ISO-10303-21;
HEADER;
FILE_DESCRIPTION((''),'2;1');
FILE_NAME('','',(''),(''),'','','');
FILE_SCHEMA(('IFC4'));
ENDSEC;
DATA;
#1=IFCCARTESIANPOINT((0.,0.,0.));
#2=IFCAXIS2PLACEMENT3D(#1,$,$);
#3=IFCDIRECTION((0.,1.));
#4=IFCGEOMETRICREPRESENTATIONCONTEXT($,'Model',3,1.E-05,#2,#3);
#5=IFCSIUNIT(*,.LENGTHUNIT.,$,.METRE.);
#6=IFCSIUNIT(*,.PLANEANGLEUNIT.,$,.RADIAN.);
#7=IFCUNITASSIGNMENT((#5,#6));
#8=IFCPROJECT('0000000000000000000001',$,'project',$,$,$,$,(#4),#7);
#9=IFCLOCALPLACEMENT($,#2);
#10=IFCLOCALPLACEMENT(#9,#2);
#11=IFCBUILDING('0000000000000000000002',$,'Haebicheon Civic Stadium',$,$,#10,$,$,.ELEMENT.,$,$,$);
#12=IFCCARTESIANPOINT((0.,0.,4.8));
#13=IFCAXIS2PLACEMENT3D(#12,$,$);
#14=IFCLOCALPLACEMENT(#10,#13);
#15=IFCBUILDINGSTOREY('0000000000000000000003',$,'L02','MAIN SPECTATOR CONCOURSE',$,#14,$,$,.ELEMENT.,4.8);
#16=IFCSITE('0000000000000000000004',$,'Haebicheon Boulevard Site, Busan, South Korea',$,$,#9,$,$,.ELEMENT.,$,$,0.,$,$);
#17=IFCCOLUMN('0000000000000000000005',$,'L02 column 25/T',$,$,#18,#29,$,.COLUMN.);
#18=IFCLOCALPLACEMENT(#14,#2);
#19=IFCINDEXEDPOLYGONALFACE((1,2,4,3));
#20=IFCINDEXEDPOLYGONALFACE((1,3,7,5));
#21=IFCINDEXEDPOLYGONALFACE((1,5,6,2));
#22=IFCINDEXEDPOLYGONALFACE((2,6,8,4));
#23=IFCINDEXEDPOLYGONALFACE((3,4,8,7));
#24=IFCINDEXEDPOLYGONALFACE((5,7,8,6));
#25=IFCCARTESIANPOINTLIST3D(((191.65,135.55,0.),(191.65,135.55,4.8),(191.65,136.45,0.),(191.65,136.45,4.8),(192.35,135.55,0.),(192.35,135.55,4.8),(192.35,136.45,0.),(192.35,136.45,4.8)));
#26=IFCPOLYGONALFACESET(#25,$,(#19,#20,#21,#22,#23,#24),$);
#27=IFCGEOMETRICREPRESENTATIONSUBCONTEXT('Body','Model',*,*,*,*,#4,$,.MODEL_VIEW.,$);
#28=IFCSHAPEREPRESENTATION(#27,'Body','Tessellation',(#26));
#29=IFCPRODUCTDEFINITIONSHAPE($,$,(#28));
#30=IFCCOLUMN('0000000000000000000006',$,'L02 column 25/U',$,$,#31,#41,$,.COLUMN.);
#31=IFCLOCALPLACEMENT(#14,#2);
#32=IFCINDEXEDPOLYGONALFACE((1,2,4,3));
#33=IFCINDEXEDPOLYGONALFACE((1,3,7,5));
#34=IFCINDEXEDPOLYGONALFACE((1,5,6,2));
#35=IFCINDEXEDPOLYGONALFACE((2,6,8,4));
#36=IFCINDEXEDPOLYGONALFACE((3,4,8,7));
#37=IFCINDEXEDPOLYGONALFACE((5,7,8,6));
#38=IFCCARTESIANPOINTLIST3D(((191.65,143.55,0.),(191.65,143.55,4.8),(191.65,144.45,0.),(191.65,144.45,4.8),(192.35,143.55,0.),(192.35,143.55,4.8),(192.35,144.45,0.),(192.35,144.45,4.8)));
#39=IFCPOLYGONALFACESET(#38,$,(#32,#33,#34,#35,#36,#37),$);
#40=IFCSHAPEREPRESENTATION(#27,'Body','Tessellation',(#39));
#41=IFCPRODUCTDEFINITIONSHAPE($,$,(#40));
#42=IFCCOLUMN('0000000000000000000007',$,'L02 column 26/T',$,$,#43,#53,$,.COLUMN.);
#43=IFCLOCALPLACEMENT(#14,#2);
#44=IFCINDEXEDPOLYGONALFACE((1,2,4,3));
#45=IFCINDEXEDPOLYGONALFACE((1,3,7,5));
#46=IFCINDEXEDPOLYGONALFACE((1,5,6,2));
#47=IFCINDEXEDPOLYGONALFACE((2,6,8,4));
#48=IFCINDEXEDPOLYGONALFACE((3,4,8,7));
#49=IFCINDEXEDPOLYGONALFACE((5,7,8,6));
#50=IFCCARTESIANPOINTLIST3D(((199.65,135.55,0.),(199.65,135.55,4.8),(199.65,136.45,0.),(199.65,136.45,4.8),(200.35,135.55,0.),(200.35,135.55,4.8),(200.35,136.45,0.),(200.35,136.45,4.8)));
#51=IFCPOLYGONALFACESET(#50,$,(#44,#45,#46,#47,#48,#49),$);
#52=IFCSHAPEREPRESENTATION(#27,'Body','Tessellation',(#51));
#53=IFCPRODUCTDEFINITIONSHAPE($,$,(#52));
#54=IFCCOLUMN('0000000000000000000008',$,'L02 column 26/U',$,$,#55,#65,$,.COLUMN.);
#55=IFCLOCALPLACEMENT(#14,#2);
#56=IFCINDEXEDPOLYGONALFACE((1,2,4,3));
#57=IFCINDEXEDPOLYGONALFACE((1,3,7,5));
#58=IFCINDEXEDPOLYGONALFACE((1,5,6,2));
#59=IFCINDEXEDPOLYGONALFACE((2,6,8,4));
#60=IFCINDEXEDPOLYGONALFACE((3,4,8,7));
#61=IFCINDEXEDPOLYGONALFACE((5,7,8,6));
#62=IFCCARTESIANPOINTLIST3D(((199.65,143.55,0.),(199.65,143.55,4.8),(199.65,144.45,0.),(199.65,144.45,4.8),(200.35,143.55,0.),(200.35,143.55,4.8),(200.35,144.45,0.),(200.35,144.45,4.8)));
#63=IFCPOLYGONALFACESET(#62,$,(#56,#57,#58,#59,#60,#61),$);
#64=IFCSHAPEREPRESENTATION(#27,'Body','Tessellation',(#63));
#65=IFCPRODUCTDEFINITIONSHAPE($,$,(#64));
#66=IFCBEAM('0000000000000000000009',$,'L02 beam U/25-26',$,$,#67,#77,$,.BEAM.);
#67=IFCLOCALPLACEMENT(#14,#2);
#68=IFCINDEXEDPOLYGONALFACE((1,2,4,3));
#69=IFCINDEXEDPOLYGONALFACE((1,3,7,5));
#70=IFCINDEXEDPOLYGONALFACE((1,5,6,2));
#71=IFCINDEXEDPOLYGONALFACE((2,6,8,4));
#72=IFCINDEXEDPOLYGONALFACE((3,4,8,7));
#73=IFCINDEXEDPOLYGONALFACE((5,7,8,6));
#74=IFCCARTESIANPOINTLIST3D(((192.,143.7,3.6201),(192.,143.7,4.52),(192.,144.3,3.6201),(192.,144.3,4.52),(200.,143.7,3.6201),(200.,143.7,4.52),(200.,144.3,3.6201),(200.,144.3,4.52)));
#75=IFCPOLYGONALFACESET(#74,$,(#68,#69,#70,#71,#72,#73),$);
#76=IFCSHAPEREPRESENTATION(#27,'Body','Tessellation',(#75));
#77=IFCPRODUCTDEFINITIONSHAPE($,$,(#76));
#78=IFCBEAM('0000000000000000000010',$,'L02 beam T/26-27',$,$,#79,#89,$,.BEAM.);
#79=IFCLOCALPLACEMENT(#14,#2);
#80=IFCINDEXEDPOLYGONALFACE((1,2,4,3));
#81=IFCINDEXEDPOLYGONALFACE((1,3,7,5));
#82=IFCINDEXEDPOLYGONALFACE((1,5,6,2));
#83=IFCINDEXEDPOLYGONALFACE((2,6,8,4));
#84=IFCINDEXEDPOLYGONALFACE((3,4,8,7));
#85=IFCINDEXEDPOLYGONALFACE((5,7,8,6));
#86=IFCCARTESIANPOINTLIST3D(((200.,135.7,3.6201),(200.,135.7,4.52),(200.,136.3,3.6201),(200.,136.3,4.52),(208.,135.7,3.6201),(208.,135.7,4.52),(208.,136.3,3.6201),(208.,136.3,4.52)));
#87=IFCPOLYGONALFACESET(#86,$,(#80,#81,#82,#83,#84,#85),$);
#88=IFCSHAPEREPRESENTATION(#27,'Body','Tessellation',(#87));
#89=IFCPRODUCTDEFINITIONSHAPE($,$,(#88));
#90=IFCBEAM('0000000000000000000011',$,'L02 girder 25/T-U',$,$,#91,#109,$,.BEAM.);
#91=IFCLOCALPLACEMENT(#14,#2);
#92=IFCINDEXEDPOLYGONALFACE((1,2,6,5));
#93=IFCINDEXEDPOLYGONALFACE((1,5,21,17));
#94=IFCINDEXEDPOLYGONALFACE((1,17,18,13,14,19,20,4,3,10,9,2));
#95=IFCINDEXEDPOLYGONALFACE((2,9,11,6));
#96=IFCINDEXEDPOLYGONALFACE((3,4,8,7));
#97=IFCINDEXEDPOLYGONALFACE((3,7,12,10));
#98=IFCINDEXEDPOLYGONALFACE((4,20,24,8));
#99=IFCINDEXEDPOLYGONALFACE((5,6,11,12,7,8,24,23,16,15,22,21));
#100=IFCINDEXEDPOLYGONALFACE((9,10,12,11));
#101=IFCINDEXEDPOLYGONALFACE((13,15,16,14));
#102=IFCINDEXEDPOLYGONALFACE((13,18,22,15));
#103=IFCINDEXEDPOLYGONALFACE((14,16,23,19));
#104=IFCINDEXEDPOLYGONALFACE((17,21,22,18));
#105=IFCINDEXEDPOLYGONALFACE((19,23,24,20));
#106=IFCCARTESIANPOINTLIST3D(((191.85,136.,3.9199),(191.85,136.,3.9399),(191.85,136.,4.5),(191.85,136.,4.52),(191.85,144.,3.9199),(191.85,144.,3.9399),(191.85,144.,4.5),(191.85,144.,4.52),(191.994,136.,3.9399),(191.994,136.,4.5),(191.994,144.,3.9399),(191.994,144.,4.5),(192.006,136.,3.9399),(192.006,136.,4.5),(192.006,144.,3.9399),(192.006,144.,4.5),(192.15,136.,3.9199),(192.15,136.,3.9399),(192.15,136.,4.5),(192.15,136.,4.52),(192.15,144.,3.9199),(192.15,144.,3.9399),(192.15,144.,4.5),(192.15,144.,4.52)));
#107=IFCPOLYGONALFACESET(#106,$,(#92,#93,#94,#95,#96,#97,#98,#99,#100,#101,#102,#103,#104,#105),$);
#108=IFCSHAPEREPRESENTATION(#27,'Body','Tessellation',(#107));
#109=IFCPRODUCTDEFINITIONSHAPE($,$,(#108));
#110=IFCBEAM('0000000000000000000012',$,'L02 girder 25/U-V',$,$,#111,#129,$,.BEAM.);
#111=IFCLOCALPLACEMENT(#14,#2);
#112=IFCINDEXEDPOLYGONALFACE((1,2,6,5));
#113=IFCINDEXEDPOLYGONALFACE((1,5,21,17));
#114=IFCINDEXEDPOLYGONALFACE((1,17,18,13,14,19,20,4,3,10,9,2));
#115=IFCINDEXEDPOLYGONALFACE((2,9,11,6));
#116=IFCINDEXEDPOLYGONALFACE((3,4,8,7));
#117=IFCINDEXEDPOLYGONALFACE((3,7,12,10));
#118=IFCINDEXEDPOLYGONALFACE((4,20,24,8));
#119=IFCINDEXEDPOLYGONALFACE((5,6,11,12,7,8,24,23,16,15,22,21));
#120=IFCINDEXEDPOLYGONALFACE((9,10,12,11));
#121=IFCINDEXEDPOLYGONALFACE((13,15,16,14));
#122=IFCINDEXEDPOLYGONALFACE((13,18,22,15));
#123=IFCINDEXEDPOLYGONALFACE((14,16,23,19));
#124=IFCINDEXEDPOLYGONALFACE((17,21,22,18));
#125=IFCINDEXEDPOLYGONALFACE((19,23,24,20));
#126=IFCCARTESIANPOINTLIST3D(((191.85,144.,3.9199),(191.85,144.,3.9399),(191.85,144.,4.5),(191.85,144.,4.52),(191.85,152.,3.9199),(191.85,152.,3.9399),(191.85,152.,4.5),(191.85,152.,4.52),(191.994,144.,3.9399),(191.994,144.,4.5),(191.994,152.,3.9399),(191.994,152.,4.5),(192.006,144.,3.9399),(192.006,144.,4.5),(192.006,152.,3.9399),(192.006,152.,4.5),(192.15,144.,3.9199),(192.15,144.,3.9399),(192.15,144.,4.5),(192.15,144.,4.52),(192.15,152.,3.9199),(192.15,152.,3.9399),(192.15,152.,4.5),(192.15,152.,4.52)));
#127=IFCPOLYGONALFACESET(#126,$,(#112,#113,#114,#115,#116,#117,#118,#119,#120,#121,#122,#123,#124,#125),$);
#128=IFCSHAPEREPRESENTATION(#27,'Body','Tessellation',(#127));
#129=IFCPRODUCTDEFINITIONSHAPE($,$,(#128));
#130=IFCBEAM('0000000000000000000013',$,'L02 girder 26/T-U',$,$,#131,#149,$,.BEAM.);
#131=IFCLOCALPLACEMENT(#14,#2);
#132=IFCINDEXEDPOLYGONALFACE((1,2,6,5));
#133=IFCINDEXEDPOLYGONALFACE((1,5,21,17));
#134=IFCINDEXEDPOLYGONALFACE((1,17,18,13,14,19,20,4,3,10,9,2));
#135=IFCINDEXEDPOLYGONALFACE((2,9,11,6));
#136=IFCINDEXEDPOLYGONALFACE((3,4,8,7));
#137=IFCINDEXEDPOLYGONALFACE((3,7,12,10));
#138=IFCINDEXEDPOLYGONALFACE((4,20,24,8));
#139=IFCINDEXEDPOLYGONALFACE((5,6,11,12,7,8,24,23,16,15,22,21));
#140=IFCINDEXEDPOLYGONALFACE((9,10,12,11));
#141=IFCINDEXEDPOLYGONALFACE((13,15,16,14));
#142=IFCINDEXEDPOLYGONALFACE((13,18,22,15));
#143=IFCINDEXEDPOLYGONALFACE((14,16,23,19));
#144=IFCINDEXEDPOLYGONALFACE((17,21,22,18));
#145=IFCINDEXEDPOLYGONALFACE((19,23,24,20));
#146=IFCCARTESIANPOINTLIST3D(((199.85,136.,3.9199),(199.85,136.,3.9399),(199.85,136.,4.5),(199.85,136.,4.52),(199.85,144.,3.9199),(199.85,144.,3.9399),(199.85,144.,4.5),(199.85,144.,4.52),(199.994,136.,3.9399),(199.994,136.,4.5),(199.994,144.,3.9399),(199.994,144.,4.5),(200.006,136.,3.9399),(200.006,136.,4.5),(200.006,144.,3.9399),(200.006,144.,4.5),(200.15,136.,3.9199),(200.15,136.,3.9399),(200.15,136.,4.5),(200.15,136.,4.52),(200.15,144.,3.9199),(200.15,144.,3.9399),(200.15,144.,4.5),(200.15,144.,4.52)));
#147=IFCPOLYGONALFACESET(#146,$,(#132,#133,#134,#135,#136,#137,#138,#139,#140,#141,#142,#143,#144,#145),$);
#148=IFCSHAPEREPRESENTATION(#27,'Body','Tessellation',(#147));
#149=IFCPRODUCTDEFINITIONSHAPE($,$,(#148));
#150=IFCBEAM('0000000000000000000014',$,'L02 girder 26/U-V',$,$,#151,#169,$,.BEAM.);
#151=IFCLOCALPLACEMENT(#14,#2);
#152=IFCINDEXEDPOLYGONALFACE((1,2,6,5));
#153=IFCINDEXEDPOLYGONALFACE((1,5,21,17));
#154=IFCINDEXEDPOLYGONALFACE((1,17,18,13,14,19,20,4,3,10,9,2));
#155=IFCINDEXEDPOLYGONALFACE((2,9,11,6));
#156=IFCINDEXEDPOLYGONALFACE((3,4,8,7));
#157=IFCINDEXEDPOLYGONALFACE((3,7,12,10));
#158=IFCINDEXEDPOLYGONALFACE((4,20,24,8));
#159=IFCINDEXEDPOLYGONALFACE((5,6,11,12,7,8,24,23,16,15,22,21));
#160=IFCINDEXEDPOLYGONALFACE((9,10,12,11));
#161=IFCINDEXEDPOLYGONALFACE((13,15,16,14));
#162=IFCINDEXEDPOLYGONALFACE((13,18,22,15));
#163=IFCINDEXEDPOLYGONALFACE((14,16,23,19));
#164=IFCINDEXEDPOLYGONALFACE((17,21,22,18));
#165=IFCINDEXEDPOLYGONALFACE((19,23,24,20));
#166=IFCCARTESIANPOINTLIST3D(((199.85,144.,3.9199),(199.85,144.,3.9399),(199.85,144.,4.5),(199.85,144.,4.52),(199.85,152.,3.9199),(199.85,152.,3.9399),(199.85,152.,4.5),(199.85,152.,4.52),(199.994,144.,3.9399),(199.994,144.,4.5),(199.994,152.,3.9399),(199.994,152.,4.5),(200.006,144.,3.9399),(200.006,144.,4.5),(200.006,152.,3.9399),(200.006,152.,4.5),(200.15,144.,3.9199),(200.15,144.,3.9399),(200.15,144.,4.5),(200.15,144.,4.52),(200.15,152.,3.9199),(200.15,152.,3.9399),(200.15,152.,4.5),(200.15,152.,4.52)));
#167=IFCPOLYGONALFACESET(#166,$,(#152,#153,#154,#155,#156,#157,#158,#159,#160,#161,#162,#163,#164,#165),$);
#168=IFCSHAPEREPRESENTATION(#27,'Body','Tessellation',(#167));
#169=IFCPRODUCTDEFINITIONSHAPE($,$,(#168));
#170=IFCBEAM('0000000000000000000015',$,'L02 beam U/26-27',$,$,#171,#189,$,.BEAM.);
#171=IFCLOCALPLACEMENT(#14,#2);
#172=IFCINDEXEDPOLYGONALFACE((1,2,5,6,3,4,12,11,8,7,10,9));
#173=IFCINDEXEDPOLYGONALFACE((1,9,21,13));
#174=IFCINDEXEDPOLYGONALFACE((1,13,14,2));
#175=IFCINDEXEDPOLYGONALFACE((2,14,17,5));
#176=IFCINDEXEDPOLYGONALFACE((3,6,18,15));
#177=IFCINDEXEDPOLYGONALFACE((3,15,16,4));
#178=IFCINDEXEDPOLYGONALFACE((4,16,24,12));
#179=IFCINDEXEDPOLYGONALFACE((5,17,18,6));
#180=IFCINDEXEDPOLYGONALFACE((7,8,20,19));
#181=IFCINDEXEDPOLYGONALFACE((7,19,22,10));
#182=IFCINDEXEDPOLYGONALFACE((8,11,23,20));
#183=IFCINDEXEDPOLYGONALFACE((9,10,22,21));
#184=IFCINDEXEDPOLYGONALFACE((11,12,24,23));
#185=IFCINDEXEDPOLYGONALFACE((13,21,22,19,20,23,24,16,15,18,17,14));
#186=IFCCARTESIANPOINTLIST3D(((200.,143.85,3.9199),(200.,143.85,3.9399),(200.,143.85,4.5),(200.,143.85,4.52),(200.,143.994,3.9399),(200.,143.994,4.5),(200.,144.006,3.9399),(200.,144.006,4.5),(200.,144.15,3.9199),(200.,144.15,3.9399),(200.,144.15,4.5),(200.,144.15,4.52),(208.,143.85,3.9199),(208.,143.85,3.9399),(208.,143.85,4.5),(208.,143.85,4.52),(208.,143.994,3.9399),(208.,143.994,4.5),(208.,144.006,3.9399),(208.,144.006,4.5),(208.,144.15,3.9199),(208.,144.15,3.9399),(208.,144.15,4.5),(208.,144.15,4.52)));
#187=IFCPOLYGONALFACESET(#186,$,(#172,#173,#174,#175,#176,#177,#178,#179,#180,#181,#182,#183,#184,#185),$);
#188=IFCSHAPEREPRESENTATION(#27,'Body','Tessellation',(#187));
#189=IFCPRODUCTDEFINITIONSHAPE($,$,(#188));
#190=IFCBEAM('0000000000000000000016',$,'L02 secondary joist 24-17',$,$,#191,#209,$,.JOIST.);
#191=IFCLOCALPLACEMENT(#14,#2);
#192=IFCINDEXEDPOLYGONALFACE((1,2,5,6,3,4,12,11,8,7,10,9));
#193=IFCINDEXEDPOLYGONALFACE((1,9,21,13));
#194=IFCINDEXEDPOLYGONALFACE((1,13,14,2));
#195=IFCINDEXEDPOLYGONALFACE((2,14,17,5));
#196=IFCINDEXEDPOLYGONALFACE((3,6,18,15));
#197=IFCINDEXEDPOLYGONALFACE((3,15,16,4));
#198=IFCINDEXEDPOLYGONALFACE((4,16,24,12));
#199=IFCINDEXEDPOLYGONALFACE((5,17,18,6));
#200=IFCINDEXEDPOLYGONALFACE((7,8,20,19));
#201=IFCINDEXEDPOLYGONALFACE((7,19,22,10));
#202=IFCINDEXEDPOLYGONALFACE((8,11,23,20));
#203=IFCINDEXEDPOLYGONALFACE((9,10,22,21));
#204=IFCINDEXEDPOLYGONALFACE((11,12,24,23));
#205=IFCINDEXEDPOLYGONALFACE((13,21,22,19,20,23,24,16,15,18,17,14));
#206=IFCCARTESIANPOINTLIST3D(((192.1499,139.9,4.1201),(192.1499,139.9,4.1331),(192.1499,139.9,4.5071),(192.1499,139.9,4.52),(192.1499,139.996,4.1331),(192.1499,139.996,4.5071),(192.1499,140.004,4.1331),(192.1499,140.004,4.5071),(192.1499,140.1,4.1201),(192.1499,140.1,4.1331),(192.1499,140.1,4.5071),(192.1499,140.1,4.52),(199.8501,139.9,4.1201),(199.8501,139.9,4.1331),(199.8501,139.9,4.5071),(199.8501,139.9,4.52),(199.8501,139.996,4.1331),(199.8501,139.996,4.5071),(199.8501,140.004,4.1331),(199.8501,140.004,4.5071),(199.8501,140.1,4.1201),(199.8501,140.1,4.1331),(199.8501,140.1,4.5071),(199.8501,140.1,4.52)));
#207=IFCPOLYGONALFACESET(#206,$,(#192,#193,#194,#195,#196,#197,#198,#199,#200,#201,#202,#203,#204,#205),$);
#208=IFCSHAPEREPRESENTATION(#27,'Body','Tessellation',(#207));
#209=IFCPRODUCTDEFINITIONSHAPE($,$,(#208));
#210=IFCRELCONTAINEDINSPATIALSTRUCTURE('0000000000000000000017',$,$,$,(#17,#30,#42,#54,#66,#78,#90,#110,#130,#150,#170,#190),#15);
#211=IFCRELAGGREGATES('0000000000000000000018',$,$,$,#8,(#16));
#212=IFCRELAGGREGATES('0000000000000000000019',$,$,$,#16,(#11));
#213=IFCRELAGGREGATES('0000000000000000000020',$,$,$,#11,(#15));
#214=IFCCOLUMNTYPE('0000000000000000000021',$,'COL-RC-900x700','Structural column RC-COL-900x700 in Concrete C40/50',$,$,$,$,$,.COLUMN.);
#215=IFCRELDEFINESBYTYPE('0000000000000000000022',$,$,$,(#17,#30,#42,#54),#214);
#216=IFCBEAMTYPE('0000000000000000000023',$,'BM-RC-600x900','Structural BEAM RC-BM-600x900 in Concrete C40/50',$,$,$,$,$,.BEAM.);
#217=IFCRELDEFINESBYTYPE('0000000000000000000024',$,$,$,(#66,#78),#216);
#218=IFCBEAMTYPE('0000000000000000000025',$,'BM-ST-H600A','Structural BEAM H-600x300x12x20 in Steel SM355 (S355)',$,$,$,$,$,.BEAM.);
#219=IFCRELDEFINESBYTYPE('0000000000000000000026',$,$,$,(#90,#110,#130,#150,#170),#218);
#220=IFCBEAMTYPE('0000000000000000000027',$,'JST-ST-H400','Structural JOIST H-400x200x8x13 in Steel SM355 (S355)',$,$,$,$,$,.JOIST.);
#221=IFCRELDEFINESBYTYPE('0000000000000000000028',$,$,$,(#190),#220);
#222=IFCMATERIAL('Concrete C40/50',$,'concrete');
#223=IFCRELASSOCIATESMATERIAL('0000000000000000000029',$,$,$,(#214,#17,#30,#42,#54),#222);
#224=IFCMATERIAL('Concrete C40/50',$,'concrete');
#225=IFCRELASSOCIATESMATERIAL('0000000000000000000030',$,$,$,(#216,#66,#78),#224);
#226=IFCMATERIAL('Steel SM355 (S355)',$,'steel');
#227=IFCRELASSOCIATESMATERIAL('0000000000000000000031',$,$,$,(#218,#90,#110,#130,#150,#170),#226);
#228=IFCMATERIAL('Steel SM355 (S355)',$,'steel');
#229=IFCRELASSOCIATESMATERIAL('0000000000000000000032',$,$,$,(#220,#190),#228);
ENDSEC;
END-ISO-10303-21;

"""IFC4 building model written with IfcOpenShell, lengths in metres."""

from ifc_helpers import new_model, si_unit, direction, frame, origin, origin_2d, place, context, subcontext, project, spatial, rectangle, i_section, extrude, material, material_profile, profile_set, type_object, element, save


model = new_model("IFC4")

# Units and contexts
model_context = context("Model", 3, precision=1e-05, world=origin(), true_north=direction((0.0, 1.0)))
body_context = subcontext(model_context, "Body", "Model", "MODEL_VIEW")
ifc_project = project(units=[si_unit("LENGTHUNIT", "METRE"), si_unit("PLANEANGLEUNIT", "RADIAN")], contexts=[model_context])

# Site, building, storey
site_placement = place(None, origin())
site = spatial("IfcSite", under=ifc_project, at=site_placement, Name="Haebicheon Boulevard Site, Busan, South Korea", CompositionType="ELEMENT", RefElevation=0.0)
building_placement = place(site_placement, origin())
building = spatial("IfcBuilding", under=site, at=building_placement, Name="Haebicheon Civic Stadium", CompositionType="ELEMENT")
storey_placement = place(building_placement, frame((0.0, 0.0, 4.8)))
storey = spatial("IfcBuildingStorey", under=building, at=storey_placement, Name="L02", Description="MAIN SPECTATOR CONCOURSE", CompositionType="ELEMENT", Elevation=4.8)

# Columns
ifc_material_1 = material(Name="Concrete C40/50", Category="concrete")
ifc_material_profile_1 = material_profile(ifc_material_1, rectangle(XDim=0.7, YDim=0.8999, at=origin_2d()), Name="RC-COL-900x700")
ifc_profile_set_1 = profile_set([ifc_material_profile_1], Name="Concrete C40/50")
column_type = type_object("IfcColumnType", Name="COL-RC-900x700", Description="Structural column RC-COL-900x700 in Concrete C40/50", PredefinedType="COLUMN", material=ifc_profile_set_1)
for number, where, z_axis, x_axis, name in (
    (1, (192.0, 136.0, 0.0), (0.0, 0.0, 1.0), (1.0, 0.0, 0.0), "L02 column 25/T"),
    (2, (192.0, 144.0, 0.0), (0.0, 0.0, 1.0), (1.0, 0.0, 0.0), "L02 column 25/U"),
    (3, (200.0, 136.0, 0.0), (0.0, 0.0, 1.0), (1.0, 0.0, 0.0), "L02 column 26/T"),
    (4, (200.0, 144.0, 0.0), (0.0, 0.0, 1.0), (1.0, 0.0, 0.0), "L02 column 26/U"),
):
    element("IfcColumn", number, at=place(storey_placement, frame(where, z_axis=z_axis, x_axis=x_axis)), inside=storey, type_object=column_type, material=ifc_profile_set_1, Name=name, PredefinedType="COLUMN", context=body_context, shape_type="SweptSolid", body=[
        extrude(rectangle(XDim=0.7, YDim=0.8999, at=origin_2d()), origin(), (0.0, 0.0, 1.0), 4.8),
    ])

# Beams
ifc_material_2 = material(Name="Concrete C40/50", Category="concrete")
ifc_material_profile_2 = material_profile(ifc_material_2, rectangle(XDim=0.6001, YDim=0.8999, at=origin_2d()), Name="RC-BM-600x900")
ifc_profile_set_2 = profile_set([ifc_material_profile_2], Name="Concrete C40/50")
beam_type_1 = type_object("IfcBeamType", Name="BM-RC-600x900", Description="Structural BEAM RC-BM-600x900 in Concrete C40/50", PredefinedType="BEAM", material=ifc_profile_set_2)
for number, where, z_axis, x_axis, name in (
    (5, (192.0, 144.0, 4.0701), (1.0, 0.0, 0.0), (0.0, 1.0, 0.0), "L02 beam U/25-26"),
    (6, (200.0, 136.0, 4.0701), (1.0, 0.0, 0.0), (0.0, 1.0, 0.0), "L02 beam T/26-27"),
):
    element("IfcBeam", number, at=place(storey_placement, frame(where, z_axis=z_axis, x_axis=x_axis)), inside=storey, type_object=beam_type_1, material=ifc_profile_set_2, Name=name, PredefinedType="BEAM", context=body_context, shape_type="SweptSolid", body=[
        extrude(rectangle(XDim=0.6001, YDim=0.8999, at=origin_2d()), origin(), (0.0, 0.0, 1.0), 8.0),
    ])
ifc_material_3 = material(Name="Steel SM355 (S355)", Category="steel")
ifc_material_profile_3 = material_profile(ifc_material_3, i_section(OverallWidth=0.3, OverallDepth=0.6001, WebThickness=0.012, FlangeThickness=0.02, at=origin_2d()), Name="H-600x300x12x20")
ifc_profile_set_3 = profile_set([ifc_material_profile_3], Name="Steel SM355 (S355)")
beam_type_2 = type_object("IfcBeamType", Name="BM-ST-H600A", Description="Structural BEAM H-600x300x12x20 in Steel SM355 (S355)", PredefinedType="BEAM", material=ifc_profile_set_3)
for number, where, z_axis, x_axis, name in (
    (7, (192.0, 136.0, 4.22), (0.0, 1.0, 0.0), (-1.0, 0.0, 0.0), "L02 girder 25/T-U"),
    (8, (192.0, 144.0, 4.22), (0.0, 1.0, 0.0), (-1.0, 0.0, 0.0), "L02 girder 25/U-V"),
    (9, (200.0, 136.0, 4.22), (0.0, 1.0, 0.0), (-1.0, 0.0, 0.0), "L02 girder 26/T-U"),
    (10, (200.0, 144.0, 4.22), (0.0, 1.0, 0.0), (-1.0, 0.0, 0.0), "L02 girder 26/U-V"),
    (11, (200.0, 144.0, 4.22), (1.0, 0.0, 0.0), (0.0, 1.0, 0.0), "L02 beam U/26-27"),
):
    element("IfcBeam", number, at=place(storey_placement, frame(where, z_axis=z_axis, x_axis=x_axis)), inside=storey, type_object=beam_type_2, material=ifc_profile_set_3, Name=name, PredefinedType="BEAM", context=body_context, shape_type="SweptSolid", body=[
        extrude(i_section(OverallWidth=0.3, OverallDepth=0.6001, WebThickness=0.012, FlangeThickness=0.02, at=origin_2d()), origin(), (0.0, 0.0, 1.0), 8.0),
    ])
ifc_material_4 = material(Name="Steel SM355 (S355)", Category="steel")
ifc_material_profile_4 = material_profile(ifc_material_4, i_section(OverallWidth=0.2, OverallDepth=0.3999, WebThickness=0.0081, FlangeThickness=0.0129, at=origin_2d()), Name="H-400x200x8x13")
ifc_profile_set_4 = profile_set([ifc_material_profile_4], Name="Steel SM355 (S355)")
beam_type_3 = type_object("IfcBeamType", Name="JST-ST-H400", Description="Structural JOIST H-400x200x8x13 in Steel SM355 (S355)", PredefinedType="JOIST", material=ifc_profile_set_4)
for number, where, z_axis, x_axis, name in (
    (12, (192.1499, 140.0, 4.3201), (1.0, 0.0, 0.0), (0.0, 1.0, 0.0), "L02 secondary joist 24-17"),
):
    element("IfcBeam", number, at=place(storey_placement, frame(where, z_axis=z_axis, x_axis=x_axis)), inside=storey, type_object=beam_type_3, material=ifc_profile_set_4, Name=name, PredefinedType="JOIST", context=body_context, shape_type="SweptSolid", body=[
        extrude(i_section(OverallWidth=0.2, OverallDepth=0.3999, WebThickness=0.0081, FlangeThickness=0.0129, at=origin_2d()), origin(), (0.0, 0.0, 1.0), 7.7002),
    ])

save(model, "model.ifc")
